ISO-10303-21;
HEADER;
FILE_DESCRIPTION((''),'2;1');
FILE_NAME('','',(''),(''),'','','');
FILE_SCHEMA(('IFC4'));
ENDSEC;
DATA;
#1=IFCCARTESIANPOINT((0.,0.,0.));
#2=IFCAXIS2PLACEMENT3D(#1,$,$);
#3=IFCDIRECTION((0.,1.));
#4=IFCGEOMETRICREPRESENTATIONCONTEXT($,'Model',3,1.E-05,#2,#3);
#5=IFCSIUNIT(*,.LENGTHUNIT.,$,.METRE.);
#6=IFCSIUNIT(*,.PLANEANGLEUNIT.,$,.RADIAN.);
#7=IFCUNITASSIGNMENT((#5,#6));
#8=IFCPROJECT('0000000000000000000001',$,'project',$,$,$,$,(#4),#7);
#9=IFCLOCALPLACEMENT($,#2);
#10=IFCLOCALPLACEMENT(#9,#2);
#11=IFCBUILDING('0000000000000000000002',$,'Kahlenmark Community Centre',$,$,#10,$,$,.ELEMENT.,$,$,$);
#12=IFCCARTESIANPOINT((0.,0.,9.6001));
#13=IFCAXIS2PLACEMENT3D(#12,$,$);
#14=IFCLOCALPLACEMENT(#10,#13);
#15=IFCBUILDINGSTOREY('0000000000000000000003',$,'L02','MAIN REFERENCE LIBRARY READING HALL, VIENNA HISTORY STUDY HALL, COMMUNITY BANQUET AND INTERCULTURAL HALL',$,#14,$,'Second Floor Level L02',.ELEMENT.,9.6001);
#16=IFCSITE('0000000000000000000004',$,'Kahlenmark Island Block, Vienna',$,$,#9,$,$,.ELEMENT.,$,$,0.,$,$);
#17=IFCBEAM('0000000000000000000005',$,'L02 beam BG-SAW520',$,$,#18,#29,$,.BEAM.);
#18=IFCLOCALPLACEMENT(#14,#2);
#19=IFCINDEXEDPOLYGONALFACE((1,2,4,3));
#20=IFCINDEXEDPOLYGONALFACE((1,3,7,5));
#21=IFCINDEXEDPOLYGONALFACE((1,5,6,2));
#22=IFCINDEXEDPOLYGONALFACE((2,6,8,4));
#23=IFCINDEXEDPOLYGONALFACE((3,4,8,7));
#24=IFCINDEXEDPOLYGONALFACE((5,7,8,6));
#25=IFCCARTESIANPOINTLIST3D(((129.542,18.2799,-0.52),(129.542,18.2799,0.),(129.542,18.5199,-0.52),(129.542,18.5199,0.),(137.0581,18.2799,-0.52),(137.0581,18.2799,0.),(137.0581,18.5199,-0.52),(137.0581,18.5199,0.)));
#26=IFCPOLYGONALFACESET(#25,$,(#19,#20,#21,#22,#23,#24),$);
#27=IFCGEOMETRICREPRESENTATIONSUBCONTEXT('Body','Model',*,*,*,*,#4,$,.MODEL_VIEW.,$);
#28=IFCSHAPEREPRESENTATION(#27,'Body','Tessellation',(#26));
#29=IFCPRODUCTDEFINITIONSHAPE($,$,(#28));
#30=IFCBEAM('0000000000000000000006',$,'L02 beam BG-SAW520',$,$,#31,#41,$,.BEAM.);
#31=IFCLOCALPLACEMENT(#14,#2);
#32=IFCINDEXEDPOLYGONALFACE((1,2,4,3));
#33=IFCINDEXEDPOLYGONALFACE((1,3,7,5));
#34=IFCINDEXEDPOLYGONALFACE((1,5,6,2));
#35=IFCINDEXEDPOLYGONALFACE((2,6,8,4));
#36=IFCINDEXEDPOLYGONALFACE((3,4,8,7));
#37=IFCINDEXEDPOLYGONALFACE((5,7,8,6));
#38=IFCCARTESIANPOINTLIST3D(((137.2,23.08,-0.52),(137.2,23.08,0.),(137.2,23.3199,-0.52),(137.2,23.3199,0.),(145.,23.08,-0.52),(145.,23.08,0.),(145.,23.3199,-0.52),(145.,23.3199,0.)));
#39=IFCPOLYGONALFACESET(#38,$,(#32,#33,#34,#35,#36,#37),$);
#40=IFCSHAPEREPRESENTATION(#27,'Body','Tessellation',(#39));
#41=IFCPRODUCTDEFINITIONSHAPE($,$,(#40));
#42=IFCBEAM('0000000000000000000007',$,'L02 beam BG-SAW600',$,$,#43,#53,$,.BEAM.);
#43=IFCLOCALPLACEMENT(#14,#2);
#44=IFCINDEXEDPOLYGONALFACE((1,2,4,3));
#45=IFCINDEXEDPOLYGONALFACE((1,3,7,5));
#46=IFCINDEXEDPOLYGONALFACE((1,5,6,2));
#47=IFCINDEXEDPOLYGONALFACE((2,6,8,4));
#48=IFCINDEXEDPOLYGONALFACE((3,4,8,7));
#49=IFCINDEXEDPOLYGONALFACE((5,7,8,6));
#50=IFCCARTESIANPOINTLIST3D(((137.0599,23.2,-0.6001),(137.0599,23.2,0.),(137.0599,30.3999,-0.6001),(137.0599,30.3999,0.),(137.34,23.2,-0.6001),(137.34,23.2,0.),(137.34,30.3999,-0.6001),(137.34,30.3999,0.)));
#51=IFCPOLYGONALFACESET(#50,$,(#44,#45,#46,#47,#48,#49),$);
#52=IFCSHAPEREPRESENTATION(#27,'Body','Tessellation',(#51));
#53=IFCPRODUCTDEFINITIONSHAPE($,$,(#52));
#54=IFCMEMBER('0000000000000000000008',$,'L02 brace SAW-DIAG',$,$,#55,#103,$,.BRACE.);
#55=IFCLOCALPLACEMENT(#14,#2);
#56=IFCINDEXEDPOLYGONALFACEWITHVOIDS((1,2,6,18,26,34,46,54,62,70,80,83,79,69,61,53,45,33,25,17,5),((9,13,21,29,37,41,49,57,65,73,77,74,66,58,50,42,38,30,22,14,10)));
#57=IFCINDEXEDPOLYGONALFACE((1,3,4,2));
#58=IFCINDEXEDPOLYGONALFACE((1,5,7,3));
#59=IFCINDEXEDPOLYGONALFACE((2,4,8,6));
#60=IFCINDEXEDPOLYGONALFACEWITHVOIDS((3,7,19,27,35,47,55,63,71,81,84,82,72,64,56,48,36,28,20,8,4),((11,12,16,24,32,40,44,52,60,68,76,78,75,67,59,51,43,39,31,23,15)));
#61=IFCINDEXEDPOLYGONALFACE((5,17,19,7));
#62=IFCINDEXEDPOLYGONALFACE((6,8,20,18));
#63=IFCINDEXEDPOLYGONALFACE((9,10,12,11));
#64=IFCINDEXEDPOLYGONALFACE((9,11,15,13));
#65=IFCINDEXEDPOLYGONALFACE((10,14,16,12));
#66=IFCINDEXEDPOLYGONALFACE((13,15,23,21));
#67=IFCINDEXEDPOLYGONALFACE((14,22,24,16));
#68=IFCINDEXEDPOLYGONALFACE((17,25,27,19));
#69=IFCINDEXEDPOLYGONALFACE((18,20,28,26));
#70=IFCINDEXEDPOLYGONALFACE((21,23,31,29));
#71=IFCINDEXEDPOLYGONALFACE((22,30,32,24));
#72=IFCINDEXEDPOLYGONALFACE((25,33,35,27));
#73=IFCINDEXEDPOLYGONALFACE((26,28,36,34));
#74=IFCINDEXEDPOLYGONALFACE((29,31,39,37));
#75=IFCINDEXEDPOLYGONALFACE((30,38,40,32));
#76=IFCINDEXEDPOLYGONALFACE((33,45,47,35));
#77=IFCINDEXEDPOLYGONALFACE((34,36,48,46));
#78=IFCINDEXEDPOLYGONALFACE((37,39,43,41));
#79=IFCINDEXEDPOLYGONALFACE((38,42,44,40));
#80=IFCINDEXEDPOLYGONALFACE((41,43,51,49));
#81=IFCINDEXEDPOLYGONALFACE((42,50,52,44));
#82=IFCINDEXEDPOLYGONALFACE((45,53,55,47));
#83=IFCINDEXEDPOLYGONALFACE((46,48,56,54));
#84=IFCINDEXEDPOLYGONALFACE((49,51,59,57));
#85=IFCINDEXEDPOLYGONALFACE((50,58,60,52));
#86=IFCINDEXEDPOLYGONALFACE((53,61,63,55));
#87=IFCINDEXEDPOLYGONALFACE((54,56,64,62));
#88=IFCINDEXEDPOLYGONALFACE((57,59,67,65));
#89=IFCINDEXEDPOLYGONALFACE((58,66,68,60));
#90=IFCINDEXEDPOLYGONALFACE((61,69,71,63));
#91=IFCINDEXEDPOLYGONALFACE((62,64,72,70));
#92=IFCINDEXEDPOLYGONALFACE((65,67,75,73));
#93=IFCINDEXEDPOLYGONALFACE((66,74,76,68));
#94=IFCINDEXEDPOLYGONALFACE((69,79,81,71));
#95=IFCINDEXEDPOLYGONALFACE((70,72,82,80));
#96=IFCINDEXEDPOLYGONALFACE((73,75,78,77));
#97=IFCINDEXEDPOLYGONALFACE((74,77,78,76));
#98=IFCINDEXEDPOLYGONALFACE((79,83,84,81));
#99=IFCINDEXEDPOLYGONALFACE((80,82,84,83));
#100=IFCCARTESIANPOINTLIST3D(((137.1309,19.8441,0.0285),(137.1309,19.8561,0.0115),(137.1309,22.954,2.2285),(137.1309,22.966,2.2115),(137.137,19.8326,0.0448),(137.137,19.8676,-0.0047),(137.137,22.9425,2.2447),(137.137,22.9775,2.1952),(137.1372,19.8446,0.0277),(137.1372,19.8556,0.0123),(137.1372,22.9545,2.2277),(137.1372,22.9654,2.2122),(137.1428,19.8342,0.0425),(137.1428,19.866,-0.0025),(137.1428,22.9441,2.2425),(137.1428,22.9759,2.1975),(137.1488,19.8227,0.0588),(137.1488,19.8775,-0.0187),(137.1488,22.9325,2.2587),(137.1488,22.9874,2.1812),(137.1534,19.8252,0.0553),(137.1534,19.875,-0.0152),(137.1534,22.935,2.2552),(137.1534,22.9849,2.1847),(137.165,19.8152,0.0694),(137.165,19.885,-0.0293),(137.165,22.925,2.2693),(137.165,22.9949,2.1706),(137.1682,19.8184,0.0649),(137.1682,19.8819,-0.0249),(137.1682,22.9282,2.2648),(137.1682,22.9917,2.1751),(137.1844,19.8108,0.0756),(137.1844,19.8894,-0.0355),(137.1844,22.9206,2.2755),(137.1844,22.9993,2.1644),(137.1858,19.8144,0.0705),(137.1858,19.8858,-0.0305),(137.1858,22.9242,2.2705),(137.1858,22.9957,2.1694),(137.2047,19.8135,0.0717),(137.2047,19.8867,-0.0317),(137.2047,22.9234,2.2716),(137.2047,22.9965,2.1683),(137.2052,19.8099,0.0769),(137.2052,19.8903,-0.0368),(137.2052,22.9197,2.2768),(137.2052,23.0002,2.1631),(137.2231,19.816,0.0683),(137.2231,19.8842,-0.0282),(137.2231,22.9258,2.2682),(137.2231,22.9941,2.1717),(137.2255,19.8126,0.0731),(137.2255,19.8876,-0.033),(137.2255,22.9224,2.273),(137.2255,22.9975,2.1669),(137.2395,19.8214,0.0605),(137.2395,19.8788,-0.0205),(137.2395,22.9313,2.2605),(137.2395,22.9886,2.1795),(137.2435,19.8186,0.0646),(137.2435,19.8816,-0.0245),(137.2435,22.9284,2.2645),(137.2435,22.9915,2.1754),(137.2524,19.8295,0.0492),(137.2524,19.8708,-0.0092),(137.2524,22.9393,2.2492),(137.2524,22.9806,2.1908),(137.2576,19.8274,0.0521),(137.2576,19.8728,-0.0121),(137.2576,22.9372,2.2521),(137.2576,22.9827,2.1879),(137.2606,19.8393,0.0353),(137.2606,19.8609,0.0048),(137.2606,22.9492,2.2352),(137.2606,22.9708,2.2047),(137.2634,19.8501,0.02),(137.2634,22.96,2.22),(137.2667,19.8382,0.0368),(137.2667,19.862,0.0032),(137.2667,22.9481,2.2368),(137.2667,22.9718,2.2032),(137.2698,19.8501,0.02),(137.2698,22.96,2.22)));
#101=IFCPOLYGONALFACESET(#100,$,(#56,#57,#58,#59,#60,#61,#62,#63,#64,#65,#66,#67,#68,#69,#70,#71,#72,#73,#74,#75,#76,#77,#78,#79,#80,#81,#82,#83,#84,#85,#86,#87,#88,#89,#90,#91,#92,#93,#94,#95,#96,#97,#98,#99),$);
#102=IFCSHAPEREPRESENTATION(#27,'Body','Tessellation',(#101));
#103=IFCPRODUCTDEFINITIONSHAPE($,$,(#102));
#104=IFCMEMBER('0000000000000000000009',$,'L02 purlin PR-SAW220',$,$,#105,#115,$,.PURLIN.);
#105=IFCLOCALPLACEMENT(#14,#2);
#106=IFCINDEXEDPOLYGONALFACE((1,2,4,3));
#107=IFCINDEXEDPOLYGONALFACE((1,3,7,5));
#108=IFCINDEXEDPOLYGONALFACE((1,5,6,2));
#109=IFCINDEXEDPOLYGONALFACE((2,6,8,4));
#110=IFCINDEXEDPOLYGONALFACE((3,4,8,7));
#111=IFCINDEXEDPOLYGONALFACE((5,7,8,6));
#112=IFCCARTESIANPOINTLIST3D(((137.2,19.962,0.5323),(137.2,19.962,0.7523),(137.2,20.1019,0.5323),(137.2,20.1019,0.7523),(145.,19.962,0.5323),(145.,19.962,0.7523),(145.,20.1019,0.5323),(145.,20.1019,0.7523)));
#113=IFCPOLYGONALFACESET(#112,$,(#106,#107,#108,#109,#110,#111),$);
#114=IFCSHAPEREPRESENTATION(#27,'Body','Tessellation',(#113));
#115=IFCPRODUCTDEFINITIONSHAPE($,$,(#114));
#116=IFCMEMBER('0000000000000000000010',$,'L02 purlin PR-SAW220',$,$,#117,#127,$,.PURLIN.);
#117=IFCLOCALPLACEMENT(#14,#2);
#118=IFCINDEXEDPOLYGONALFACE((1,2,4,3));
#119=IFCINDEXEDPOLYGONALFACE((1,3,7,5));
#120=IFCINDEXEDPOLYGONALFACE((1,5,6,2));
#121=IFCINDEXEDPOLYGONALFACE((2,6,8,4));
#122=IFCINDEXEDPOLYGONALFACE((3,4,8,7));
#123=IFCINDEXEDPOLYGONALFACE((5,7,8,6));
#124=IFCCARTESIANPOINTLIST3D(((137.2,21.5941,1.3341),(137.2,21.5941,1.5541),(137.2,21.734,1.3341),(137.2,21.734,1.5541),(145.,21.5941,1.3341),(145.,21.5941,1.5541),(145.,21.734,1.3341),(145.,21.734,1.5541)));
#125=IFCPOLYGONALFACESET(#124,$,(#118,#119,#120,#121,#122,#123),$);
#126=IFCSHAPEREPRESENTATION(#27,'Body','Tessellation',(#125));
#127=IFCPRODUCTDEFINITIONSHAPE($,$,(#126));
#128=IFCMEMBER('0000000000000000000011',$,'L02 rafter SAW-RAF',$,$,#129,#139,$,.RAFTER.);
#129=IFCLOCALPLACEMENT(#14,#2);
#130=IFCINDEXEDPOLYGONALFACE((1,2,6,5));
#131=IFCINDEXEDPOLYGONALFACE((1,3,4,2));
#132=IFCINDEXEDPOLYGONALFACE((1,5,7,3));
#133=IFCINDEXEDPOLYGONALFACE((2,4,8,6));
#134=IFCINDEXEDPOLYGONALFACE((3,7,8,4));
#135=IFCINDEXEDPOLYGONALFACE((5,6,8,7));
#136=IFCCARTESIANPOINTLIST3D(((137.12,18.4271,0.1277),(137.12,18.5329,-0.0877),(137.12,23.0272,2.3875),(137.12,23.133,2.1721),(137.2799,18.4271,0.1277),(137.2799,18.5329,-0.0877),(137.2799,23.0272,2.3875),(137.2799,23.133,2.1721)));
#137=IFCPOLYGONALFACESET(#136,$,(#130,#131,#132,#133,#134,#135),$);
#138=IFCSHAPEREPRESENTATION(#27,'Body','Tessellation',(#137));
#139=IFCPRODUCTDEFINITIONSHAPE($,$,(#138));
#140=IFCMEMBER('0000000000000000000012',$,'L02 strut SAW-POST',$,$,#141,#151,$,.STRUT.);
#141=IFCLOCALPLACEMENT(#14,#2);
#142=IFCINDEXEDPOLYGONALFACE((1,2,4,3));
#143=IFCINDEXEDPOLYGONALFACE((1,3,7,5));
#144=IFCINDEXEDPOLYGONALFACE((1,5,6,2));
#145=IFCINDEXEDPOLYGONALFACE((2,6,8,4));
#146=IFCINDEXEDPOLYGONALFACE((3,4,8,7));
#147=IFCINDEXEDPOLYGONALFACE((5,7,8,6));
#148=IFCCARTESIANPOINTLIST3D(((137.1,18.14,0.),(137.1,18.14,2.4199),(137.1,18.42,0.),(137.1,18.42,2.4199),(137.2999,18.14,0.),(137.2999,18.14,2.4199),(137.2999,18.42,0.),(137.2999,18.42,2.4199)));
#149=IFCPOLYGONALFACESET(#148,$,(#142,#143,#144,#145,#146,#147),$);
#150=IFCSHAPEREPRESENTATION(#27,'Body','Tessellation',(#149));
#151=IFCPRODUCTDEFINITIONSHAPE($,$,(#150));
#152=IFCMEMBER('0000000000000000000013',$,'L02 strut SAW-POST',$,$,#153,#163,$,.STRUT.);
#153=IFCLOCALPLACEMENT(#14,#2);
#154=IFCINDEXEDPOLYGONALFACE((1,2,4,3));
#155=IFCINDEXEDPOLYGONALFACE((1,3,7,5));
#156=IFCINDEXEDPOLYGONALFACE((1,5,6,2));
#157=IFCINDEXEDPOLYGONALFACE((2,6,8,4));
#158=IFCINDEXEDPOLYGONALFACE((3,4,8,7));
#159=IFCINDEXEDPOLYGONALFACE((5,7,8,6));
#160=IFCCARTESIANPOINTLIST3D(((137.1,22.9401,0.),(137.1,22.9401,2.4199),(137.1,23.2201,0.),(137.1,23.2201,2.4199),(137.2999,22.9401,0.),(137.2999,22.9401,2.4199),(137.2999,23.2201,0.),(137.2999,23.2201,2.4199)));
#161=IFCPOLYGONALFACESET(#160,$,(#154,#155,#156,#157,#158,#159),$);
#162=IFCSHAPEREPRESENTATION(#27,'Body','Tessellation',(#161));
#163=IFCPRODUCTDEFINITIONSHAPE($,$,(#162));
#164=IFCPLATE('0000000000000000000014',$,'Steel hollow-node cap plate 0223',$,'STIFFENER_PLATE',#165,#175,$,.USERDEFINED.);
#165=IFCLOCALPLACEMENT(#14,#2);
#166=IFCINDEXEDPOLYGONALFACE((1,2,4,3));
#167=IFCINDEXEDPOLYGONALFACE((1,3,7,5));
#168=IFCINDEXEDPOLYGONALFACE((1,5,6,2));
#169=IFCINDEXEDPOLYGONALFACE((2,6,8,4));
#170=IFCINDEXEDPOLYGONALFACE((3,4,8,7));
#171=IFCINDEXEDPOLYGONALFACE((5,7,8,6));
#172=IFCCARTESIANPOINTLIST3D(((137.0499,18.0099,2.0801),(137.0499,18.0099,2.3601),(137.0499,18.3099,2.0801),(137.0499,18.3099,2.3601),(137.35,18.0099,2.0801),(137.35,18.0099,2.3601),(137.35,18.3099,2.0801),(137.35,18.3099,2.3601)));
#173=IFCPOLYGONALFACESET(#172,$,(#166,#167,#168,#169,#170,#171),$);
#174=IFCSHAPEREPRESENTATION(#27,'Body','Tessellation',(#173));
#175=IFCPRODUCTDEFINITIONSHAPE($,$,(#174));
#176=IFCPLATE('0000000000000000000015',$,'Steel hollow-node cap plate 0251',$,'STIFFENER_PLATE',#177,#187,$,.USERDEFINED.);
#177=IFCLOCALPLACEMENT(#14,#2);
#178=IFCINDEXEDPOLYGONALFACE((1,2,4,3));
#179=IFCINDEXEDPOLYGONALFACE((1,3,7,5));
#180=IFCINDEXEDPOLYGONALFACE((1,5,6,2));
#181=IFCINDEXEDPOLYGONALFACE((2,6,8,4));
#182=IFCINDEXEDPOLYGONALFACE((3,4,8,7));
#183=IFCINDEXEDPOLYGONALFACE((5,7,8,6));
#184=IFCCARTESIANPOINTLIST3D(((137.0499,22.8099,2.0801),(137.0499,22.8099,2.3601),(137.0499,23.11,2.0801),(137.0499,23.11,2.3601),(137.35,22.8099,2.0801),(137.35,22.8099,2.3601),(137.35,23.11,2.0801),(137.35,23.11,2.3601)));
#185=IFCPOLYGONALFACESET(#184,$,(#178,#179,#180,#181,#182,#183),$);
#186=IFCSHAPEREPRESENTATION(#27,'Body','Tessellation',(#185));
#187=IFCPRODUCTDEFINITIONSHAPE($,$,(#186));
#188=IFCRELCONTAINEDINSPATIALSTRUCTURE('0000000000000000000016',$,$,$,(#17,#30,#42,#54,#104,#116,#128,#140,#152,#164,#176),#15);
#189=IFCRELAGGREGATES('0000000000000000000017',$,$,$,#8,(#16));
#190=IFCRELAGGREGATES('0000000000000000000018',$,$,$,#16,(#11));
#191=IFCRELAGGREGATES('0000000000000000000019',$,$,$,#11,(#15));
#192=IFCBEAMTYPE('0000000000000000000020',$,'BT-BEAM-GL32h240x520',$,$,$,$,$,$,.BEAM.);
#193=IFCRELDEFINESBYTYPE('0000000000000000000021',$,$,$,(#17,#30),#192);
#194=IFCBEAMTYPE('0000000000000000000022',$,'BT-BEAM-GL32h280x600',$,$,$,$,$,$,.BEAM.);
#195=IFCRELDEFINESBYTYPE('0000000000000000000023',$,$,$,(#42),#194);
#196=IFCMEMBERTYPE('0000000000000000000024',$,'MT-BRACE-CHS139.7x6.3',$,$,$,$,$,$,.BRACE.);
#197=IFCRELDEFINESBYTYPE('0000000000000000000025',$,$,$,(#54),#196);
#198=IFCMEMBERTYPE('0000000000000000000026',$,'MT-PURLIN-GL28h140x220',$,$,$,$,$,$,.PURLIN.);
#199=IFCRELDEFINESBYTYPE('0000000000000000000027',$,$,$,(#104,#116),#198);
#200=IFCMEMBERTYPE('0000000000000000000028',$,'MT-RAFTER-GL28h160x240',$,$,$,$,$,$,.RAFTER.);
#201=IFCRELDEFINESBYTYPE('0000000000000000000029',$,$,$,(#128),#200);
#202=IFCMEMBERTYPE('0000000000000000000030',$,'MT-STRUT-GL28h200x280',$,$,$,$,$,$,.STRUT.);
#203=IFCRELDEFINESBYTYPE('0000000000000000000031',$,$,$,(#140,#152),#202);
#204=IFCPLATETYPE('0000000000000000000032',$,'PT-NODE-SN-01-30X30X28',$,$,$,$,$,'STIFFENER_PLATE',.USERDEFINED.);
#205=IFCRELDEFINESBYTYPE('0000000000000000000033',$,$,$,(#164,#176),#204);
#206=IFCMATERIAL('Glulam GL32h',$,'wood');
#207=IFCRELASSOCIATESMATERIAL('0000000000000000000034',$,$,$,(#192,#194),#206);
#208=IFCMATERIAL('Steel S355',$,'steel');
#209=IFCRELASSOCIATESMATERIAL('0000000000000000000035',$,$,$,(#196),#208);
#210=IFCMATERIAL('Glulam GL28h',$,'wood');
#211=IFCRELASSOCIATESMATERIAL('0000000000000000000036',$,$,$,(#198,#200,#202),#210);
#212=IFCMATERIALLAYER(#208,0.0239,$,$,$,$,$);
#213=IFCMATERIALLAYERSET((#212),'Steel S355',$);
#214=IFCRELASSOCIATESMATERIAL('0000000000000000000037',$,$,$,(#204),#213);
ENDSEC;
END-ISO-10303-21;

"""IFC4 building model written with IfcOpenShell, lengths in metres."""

from ifc_helpers import new_model, si_unit, direction, frame, origin, origin_2d, place, context, subcontext, project, spatial, rectangle, hollow_circle, extrude, material, layer, layer_set, material_profile, profile_set, type_object, element, save


model = new_model("IFC4")

# Units and contexts
model_context = context("Model", 3, precision=1e-05, world=origin(), true_north=direction((0.0, 1.0)))
body_context = subcontext(model_context, "Body", "Model", "MODEL_VIEW")
ifc_project = project(units=[si_unit("LENGTHUNIT", "METRE"), si_unit("PLANEANGLEUNIT", "RADIAN")], contexts=[model_context])

# Site, building, storey
site_placement = place(None, origin())
site = spatial("IfcSite", under=ifc_project, at=site_placement, Name="Kahlenmark Island Block, Vienna", CompositionType="ELEMENT", RefElevation=0.0)
building_placement = place(site_placement, origin())
building = spatial("IfcBuilding", under=site, at=building_placement, Name="Kahlenmark Community Centre", CompositionType="ELEMENT")
storey_placement = place(building_placement, frame((0.0, 0.0, 9.6001)))
storey = spatial("IfcBuildingStorey", under=building, at=storey_placement, Name="L02", Description="MAIN REFERENCE LIBRARY READING HALL, VIENNA HISTORY STUDY HALL, COMMUNITY BANQUET AND INTERCULTURAL HALL", LongName="Second Floor Level L02", CompositionType="ELEMENT", Elevation=9.6001)

# Beams
ifc_material_1 = material(Name="Glulam GL32h", Category="wood")
ifc_material_profile_1 = material_profile(ifc_material_1, rectangle(XDim=0.24, YDim=0.52, at=origin_2d()), Name="GL32h 240x520")
ifc_profile_set_1 = profile_set([ifc_material_profile_1], Name="Glulam GL32h")
beam_type_1 = type_object("IfcBeamType", Name="BT-BEAM-GL32h240x520", PredefinedType="BEAM", material=ifc_profile_set_1)
beam_1_placement = place(storey_placement, frame((129.542, 18.3999, -0.26), z_axis=(1.0, 0.0, 0.0), x_axis=(0.0, 1.0, 0.0)))
element("IfcBeam", 1, at=beam_1_placement, inside=storey, type_object=beam_type_1, Name="L02 beam BG-SAW520", PredefinedType="BEAM", context=body_context, shape_type="SweptSolid", body=[
    extrude(rectangle(XDim=0.24, YDim=0.52, at=origin_2d()), origin(), (0.0, 0.0, 1.0), 7.5161),
])
beam_2_placement = place(storey_placement, frame((137.2, 23.2, -0.26), z_axis=(1.0, 0.0, 0.0), x_axis=(0.0, 1.0, 0.0)))
element("IfcBeam", 2, at=beam_2_placement, inside=storey, type_object=beam_type_1, Name="L02 beam BG-SAW520", PredefinedType="BEAM", context=body_context, shape_type="SweptSolid", body=[
    extrude(rectangle(XDim=0.24, YDim=0.52, at=origin_2d()), origin(), (0.0, 0.0, 1.0), 7.8),
])
ifc_material_profile_2 = material_profile(ifc_material_1, rectangle(XDim=0.28, YDim=0.6001, at=origin_2d()), Name="GL32h 280x600")
ifc_profile_set_2 = profile_set([ifc_material_profile_2], Name="Glulam GL32h")
beam_type_2 = type_object("IfcBeamType", Name="BT-BEAM-GL32h280x600", PredefinedType="BEAM", material=ifc_profile_set_2)
beam_3_placement = place(storey_placement, frame((137.2, 23.2, -0.3), z_axis=(0.0, 1.0, 0.0), x_axis=(-1.0, 0.0, 0.0)))
element("IfcBeam", 3, at=beam_3_placement, inside=storey, type_object=beam_type_2, Name="L02 beam BG-SAW600", PredefinedType="BEAM", context=body_context, shape_type="SweptSolid", body=[
    extrude(rectangle(XDim=0.28, YDim=0.6001, at=origin_2d()), origin(), (0.0, 0.0, 1.0), 7.2),
])

# Members
ifc_material_2 = material(Name="Steel S355", Category="steel")
ifc_material_profile_3 = material_profile(ifc_material_2, hollow_circle(Radius=0.0698, WallThickness=0.0063, at=origin_2d()), Name="CHS 139.7x6.3")
ifc_profile_set_3 = profile_set([ifc_material_profile_3], Name="Steel S355")
member_type_1 = type_object("IfcMemberType", Name="MT-BRACE-CHS139.7x6.3", PredefinedType="BRACE", material=ifc_profile_set_3)
member_1_placement = place(storey_placement, frame((137.2, 22.96, 2.22), z_axis=(0.0, -0.81638, -0.577516), x_axis=(1.0, 0.0, 0.0)))
element("IfcMember", 4, at=member_1_placement, inside=storey, type_object=member_type_1, Name="L02 brace SAW-DIAG", PredefinedType="BRACE", context=body_context, shape_type="SweptSolid", body=[
    extrude(hollow_circle(Radius=0.0698, WallThickness=0.0063, at=origin_2d()), origin(), (0.0, 0.0, 1.0), 3.8093),
])
ifc_material_3 = material(Name="Glulam GL28h", Category="wood")
ifc_material_profile_4 = material_profile(ifc_material_3, rectangle(XDim=0.1399, YDim=0.22, at=origin_2d()), Name="GL28h 140x220")
ifc_profile_set_4 = profile_set([ifc_material_profile_4], Name="Glulam GL28h")
member_type_2 = type_object("IfcMemberType", Name="MT-PURLIN-GL28h140x220", PredefinedType="PURLIN", material=ifc_profile_set_4)
for number, where, z_axis, x_axis, name in (
    (5, (137.2, 20.032, 0.6423), (1.0, 0.0, 0.0), (0.0, 1.0, 0.0), "L02 purlin PR-SAW220"),
    (6, (137.2, 21.6641, 1.4441), (1.0, 0.0, 0.0), (0.0, 1.0, 0.0), "L02 purlin PR-SAW220"),
):
    element("IfcMember", number, at=place(storey_placement, frame(where, z_axis=z_axis, x_axis=x_axis)), inside=storey, type_object=member_type_2, Name=name, PredefinedType="PURLIN", context=body_context, shape_type="SweptSolid", body=[
        extrude(rectangle(XDim=0.1399, YDim=0.22, at=origin_2d()), origin(), (0.0, 0.0, 1.0), 7.8),
    ])
ifc_material_profile_5 = material_profile(ifc_material_3, rectangle(XDim=0.1599, YDim=0.24, at=origin_2d()), Name="GL28h 160x240")
ifc_profile_set_5 = profile_set([ifc_material_profile_5], Name="Glulam GL28h")
member_type_3 = type_object("IfcMemberType", Name="MT-RAFTER-GL28h160x240", PredefinedType="RAFTER", material=ifc_profile_set_5)
member_2_placement = place(storey_placement, frame((137.2, 18.48, 0.02), z_axis=(0.0, 0.897549, 0.440915), x_axis=(-1.0, 0.0, 0.0)))
element("IfcMember", 7, at=member_2_placement, inside=storey, type_object=member_type_3, Name="L02 rafter SAW-RAF", PredefinedType="RAFTER", context=body_context, shape_type="SweptSolid", body=[
    extrude(rectangle(XDim=0.1599, YDim=0.24, at=origin_2d()), origin(), (0.0, 0.0, 1.0), 5.1252),
])
ifc_material_profile_6 = material_profile(ifc_material_3, rectangle(XDim=0.2, YDim=0.28, at=origin_2d()), Name="GL28h 200x280")
ifc_profile_set_6 = profile_set([ifc_material_profile_6], Name="Glulam GL28h")
member_type_4 = type_object("IfcMemberType", Name="MT-STRUT-GL28h200x280", PredefinedType="STRUT", material=ifc_profile_set_6)
for number, where, z_axis, x_axis, name in (
    (8, (137.2, 18.28, 0.0), (0.0, 0.0, 1.0), (1.0, 0.0, 0.0), "L02 strut SAW-POST"),
    (9, (137.2, 23.0801, 0.0), (0.0, 0.0, 1.0), (1.0, 0.0, 0.0), "L02 strut SAW-POST"),
):
    element("IfcMember", number, at=place(storey_placement, frame(where, z_axis=z_axis, x_axis=x_axis)), inside=storey, type_object=member_type_4, Name=name, PredefinedType="STRUT", context=body_context, shape_type="SweptSolid", body=[
        extrude(rectangle(XDim=0.2, YDim=0.28, at=origin_2d()), origin(), (0.0, 0.0, 1.0), 2.4199),
    ])

# Plates
ifc_layer_1 = layer(ifc_material_2, 0.0239)
ifc_layer_set_1 = layer_set([ifc_layer_1], Name="Steel S355")
plate_type_1 = type_object("IfcPlateType", Name="PT-NODE-SN-01-30X30X28", ElementType="STIFFENER_PLATE", PredefinedType="USERDEFINED", material=ifc_layer_set_1)
for number, where, z_axis, x_axis, name in (
    (10, (137.2, 18.1599, 2.0801), (0.0, 0.0, 1.0), (1.0, 0.0, 0.0), "Steel hollow-node cap plate 0223"),
    (11, (137.2, 22.96, 2.0801), (0.0, 0.0, 1.0), (1.0, 0.0, 0.0), "Steel hollow-node cap plate 0251"),
):
    element("IfcPlate", number, at=place(storey_placement, frame(where, z_axis=z_axis, x_axis=x_axis)), inside=storey, type_object=plate_type_1, Name=name, ObjectType="STIFFENER_PLATE", PredefinedType="USERDEFINED", context=body_context, shape_type="SweptSolid", body=[
        extrude(rectangle(XDim=0.3, YDim=0.3, at=origin_2d()), origin(), (0.0, 0.0, 1.0), 0.28),
    ])

save(model, "model.ifc")
